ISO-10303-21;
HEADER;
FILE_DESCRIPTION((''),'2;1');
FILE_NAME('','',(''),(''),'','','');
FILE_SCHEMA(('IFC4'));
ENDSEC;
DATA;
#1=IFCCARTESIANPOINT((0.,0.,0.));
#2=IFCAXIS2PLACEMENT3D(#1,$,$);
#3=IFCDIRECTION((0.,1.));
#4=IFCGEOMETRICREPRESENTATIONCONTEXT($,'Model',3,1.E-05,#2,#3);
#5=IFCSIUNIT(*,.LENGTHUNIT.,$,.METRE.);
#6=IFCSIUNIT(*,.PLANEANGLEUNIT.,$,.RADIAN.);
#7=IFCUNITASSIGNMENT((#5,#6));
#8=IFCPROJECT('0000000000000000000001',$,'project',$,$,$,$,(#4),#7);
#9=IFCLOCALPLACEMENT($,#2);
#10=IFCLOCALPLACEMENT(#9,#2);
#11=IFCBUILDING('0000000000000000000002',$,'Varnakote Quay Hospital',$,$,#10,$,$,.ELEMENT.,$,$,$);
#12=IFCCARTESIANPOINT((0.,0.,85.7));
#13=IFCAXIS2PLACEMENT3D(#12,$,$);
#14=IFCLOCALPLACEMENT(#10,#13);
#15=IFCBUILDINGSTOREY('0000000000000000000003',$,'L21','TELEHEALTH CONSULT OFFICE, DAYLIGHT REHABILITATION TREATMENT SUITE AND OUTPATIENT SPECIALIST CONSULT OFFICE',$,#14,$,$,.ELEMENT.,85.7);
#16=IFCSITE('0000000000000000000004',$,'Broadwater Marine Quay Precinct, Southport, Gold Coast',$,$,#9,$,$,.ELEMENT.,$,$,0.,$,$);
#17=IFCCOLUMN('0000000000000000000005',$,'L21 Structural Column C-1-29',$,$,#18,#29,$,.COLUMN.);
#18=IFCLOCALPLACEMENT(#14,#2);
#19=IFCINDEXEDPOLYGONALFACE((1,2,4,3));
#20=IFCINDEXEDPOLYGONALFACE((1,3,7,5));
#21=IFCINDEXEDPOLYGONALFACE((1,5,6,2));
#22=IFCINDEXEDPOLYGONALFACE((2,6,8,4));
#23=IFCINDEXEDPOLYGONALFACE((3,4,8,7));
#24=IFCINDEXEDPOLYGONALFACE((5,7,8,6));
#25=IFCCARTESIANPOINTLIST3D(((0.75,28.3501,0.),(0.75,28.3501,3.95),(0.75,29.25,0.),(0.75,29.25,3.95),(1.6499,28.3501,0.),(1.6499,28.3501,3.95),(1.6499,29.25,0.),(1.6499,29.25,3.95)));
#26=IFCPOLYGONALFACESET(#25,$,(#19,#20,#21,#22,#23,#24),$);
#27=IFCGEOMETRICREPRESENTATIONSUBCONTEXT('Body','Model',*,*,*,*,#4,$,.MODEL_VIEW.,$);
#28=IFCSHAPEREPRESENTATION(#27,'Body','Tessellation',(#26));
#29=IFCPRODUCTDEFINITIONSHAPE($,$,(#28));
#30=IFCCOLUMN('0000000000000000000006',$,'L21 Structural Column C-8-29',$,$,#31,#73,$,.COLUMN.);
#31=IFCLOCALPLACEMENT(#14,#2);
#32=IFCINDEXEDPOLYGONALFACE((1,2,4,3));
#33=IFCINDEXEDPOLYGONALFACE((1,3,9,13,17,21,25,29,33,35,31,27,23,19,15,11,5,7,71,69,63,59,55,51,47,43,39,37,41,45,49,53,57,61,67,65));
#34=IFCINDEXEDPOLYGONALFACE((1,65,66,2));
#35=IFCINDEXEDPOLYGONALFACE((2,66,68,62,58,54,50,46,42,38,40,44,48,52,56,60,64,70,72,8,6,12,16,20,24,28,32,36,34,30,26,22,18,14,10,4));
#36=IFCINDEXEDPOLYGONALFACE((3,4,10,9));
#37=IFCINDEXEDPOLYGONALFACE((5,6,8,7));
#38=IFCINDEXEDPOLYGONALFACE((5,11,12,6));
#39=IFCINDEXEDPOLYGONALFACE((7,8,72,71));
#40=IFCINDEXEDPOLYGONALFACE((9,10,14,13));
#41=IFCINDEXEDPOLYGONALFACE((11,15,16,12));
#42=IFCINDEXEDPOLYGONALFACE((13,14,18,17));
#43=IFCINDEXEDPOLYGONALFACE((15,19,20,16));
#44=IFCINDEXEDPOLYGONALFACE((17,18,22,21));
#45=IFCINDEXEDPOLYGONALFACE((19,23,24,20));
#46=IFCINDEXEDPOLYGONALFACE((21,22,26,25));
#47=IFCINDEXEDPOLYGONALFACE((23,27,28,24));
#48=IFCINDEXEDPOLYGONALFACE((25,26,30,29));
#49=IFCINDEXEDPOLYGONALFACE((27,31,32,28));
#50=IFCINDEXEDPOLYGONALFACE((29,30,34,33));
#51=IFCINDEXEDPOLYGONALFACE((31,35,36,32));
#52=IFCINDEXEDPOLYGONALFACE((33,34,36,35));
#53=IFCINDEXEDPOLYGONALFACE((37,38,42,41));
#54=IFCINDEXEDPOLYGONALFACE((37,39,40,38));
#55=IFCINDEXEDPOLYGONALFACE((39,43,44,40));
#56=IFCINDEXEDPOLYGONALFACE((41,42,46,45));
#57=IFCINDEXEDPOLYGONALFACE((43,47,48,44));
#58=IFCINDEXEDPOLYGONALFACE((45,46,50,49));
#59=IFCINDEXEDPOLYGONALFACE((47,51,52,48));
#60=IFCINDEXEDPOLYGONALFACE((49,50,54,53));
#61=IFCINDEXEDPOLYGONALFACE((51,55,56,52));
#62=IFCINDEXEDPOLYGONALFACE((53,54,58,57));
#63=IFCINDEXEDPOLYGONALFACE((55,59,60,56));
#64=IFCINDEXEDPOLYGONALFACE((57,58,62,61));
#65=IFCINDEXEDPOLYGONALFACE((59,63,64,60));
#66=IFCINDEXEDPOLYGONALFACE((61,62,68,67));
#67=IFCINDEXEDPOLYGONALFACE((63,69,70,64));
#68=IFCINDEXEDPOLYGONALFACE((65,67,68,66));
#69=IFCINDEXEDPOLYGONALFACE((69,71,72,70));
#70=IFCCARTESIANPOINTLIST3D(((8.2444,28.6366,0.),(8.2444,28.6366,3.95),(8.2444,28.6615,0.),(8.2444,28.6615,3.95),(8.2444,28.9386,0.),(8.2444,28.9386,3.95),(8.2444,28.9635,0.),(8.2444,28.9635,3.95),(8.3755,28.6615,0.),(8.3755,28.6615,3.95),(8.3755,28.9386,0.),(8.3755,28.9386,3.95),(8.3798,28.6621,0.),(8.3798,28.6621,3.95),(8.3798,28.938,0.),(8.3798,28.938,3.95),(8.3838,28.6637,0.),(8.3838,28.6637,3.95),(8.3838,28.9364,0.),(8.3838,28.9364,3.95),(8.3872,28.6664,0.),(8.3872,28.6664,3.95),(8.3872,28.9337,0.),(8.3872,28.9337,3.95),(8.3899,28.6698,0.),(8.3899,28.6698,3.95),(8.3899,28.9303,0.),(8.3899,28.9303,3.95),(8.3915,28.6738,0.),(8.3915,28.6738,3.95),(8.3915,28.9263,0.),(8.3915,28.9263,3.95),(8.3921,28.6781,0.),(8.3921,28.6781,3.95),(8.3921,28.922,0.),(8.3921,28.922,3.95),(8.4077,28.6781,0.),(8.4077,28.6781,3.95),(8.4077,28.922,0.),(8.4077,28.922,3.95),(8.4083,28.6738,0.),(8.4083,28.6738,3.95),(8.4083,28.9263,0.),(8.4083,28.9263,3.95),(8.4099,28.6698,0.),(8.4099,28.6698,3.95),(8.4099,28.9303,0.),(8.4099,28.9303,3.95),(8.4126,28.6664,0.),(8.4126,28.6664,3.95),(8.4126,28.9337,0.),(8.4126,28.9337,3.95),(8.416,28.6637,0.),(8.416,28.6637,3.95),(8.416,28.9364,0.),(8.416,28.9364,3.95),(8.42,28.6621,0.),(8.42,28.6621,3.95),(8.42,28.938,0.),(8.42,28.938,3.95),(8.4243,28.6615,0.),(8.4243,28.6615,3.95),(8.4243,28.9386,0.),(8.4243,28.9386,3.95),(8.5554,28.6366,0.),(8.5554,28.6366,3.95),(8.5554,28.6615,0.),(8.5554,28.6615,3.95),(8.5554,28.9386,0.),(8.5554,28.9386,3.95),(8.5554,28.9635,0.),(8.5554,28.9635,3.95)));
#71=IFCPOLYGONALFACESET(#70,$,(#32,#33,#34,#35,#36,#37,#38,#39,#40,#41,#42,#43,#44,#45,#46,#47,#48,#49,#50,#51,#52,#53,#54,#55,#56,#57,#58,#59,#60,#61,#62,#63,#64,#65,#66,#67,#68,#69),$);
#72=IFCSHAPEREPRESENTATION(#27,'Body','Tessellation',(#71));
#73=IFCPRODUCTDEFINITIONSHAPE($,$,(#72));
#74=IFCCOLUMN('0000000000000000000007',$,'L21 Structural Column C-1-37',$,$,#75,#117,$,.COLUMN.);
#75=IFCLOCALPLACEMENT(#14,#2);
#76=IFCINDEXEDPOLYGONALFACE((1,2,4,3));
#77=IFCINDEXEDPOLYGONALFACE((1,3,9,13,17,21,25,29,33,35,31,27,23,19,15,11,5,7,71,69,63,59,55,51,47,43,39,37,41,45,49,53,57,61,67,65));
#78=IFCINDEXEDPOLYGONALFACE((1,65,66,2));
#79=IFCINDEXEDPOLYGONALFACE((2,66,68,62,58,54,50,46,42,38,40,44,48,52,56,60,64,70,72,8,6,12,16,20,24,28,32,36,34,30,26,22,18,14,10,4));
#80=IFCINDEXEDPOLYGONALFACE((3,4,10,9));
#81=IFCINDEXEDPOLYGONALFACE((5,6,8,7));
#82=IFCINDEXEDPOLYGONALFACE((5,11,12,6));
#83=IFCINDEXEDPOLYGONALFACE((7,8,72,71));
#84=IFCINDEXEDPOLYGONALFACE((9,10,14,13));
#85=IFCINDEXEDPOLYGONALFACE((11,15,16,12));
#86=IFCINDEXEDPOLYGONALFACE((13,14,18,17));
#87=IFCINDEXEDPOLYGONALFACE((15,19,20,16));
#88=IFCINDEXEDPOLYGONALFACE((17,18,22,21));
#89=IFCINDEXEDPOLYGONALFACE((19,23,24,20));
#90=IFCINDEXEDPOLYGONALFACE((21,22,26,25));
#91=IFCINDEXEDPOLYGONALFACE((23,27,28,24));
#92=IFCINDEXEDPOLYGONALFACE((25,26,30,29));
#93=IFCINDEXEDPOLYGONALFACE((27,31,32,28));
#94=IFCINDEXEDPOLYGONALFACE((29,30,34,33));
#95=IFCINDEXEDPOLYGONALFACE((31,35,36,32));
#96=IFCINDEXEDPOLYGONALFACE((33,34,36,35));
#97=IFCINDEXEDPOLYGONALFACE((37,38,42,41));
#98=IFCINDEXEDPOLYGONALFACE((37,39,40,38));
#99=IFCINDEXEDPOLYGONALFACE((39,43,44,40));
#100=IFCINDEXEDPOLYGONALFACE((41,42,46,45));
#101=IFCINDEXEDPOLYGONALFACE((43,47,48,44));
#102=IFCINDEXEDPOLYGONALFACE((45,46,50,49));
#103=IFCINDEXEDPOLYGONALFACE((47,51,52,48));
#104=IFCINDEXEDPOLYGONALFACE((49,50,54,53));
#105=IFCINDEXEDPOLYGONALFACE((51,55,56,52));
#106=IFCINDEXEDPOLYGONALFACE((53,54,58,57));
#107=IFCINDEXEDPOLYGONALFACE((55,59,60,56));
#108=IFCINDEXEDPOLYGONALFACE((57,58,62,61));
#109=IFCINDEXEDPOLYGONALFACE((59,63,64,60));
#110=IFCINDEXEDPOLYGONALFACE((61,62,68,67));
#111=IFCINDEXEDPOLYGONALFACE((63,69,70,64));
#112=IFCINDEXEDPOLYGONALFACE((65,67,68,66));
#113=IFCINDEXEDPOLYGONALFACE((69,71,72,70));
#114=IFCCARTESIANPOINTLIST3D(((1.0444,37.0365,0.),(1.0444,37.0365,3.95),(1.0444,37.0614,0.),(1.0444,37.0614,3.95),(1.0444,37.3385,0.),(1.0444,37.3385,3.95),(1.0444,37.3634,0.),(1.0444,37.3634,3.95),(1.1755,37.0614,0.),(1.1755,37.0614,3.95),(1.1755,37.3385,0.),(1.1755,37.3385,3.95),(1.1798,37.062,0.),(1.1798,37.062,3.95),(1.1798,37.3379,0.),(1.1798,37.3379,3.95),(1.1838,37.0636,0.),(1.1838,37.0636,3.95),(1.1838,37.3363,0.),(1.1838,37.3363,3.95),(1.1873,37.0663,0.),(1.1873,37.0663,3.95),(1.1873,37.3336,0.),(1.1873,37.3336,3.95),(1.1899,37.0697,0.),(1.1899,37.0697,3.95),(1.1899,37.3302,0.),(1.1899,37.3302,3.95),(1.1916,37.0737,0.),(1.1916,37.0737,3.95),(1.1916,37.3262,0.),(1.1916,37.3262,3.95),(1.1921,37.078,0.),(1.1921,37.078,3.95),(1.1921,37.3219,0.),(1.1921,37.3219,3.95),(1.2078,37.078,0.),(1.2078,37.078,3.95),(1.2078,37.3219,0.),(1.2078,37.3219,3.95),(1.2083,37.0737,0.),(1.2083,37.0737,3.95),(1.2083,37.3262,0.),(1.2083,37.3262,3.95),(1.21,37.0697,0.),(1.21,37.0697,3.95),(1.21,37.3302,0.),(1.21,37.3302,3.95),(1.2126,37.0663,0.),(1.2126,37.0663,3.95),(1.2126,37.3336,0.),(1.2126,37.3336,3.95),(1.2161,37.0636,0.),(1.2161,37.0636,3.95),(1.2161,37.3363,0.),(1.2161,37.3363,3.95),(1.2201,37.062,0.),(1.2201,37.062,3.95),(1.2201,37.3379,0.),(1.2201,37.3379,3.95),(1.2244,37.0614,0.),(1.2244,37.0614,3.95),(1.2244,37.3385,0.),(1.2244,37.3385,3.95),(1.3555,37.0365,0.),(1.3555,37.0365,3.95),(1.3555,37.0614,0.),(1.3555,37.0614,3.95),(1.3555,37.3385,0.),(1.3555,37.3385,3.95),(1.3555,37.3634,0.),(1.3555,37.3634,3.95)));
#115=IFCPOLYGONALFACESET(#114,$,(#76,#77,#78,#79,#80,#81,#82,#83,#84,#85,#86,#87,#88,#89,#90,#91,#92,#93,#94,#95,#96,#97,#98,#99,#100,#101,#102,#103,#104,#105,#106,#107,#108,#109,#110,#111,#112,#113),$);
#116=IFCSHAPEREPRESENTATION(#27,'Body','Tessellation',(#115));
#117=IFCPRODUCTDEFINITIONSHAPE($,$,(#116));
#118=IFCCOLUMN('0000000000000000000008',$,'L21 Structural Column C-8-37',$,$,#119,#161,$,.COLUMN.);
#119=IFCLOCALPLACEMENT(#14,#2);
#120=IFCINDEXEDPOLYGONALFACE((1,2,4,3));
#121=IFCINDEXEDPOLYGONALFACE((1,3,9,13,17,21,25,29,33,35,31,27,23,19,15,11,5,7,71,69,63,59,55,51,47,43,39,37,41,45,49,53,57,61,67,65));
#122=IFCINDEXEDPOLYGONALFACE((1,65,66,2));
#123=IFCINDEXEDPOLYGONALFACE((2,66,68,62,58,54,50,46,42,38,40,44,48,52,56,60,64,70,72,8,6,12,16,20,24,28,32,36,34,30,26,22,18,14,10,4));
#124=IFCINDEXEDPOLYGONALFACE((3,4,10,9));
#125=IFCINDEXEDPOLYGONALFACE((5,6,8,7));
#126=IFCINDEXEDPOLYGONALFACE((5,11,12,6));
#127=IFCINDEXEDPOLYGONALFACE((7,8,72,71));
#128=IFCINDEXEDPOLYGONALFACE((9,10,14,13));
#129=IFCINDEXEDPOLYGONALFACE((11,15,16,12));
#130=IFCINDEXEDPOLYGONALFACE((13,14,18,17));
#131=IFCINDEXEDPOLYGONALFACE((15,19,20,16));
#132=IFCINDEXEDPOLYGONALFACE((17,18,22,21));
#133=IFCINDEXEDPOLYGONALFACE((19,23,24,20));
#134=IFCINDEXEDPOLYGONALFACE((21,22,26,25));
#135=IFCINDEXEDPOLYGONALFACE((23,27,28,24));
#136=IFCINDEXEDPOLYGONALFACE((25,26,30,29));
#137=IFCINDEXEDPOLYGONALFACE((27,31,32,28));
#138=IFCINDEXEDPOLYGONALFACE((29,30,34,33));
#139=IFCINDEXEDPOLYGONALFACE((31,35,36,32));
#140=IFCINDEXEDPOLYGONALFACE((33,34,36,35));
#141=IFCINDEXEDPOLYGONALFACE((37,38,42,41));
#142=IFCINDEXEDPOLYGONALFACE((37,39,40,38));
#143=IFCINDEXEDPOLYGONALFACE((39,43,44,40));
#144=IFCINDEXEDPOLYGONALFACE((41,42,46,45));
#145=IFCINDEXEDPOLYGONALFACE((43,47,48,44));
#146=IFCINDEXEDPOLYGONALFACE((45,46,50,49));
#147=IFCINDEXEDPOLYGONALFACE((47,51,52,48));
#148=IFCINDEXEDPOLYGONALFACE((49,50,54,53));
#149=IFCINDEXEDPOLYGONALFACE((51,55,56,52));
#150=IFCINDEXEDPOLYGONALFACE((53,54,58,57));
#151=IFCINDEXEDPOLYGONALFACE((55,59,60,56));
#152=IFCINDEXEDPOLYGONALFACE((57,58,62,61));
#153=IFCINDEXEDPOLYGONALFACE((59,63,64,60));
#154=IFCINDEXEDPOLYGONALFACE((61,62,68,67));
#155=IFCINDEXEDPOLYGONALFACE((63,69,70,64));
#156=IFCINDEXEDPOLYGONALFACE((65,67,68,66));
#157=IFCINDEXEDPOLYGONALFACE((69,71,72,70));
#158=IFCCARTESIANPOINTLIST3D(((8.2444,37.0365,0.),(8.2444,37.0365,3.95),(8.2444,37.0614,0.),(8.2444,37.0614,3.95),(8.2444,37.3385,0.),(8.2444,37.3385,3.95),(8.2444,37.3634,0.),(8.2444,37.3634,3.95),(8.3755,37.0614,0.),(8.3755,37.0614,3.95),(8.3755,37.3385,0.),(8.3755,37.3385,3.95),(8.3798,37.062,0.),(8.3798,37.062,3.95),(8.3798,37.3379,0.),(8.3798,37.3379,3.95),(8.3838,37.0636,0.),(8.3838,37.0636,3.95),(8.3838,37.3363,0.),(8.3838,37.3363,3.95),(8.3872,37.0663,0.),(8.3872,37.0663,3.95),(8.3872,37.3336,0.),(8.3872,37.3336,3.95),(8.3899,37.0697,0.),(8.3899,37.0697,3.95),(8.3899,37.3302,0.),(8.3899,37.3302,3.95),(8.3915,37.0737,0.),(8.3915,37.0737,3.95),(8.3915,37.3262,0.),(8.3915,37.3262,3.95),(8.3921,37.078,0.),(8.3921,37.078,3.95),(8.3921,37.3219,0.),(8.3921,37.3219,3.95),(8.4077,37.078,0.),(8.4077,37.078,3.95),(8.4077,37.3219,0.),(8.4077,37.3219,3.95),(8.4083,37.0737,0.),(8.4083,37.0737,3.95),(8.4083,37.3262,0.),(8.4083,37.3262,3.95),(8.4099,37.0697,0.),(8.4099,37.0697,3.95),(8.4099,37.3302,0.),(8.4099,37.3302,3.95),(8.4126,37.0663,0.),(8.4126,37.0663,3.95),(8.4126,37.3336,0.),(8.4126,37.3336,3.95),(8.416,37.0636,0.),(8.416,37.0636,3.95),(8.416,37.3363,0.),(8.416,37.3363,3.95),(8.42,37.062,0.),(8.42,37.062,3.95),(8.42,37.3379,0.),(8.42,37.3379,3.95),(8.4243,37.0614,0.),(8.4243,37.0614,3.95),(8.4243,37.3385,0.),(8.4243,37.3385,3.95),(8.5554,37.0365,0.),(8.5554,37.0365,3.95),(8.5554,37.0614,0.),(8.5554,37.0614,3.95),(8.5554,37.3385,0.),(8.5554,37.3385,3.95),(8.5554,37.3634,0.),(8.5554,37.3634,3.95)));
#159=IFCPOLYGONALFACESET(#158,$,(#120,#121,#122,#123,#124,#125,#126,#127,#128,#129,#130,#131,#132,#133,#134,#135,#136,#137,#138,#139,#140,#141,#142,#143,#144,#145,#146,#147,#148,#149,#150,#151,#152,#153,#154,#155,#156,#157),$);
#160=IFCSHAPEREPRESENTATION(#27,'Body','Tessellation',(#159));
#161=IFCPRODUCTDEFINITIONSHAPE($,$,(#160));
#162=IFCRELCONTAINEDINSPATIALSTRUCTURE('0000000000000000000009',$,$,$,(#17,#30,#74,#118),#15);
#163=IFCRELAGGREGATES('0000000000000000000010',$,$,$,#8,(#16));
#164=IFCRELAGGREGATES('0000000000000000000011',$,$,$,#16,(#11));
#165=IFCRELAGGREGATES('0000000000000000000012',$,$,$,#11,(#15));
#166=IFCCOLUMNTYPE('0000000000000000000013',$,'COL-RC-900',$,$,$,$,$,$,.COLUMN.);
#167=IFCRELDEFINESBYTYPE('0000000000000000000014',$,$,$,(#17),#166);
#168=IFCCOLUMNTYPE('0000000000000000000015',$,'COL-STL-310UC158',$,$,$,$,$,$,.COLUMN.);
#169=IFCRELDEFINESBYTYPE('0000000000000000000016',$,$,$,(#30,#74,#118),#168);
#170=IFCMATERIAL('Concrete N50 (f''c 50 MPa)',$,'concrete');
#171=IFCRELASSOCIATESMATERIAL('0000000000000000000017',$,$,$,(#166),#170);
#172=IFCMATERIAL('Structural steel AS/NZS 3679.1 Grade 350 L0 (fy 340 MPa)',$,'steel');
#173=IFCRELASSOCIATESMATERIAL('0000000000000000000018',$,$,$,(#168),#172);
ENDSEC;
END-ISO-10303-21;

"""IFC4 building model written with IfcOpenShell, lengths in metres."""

from ifc_helpers import new_model, si_unit, direction, frame, origin, origin_2d, place, context, subcontext, project, spatial, rectangle, i_section, extrude, material, material_profile, profile_set, type_object, element, save


model = new_model("IFC4")

# Units and contexts
model_context = context("Model", 3, precision=1e-05, world=origin(), true_north=direction((0.0, 1.0)))
body_context = subcontext(model_context, "Body", "Model", "MODEL_VIEW")
ifc_project = project(units=[si_unit("LENGTHUNIT", "METRE"), si_unit("PLANEANGLEUNIT", "RADIAN")], contexts=[model_context])

# Site, building, storey
site_placement = place(None, origin())
site = spatial("IfcSite", under=ifc_project, at=site_placement, Name="Broadwater Marine Quay Precinct, Southport, Gold Coast", CompositionType="ELEMENT", RefElevation=0.0)
building_placement = place(site_placement, origin())
building = spatial("IfcBuilding", under=site, at=building_placement, Name="Varnakote Quay Hospital", CompositionType="ELEMENT")
storey_placement = place(building_placement, frame((0.0, 0.0, 85.7)))
storey = spatial("IfcBuildingStorey", under=building, at=storey_placement, Name="L21", Description="TELEHEALTH CONSULT OFFICE, DAYLIGHT REHABILITATION TREATMENT SUITE AND OUTPATIENT SPECIALIST CONSULT OFFICE", CompositionType="ELEMENT", Elevation=85.7)

# Columns
ifc_material_1 = material(Name="Concrete N50 (f'c 50 MPa)", Category="concrete")
ifc_material_profile_1 = material_profile(ifc_material_1, rectangle(XDim=0.8999, YDim=0.8999, at=origin_2d()), Name="RC-COL-900x900")
ifc_profile_set_1 = profile_set([ifc_material_profile_1], Name="Concrete N50 (f'c 50 MPa)")
column_type_1 = type_object("IfcColumnType", Name="COL-RC-900", PredefinedType="COLUMN", material=ifc_profile_set_1)
column_placement = place(storey_placement, frame((1.2, 28.8, 0.0), z_axis=(0.0, 0.0, 1.0), x_axis=(1.0, 0.0, 0.0)))
element("IfcColumn", 1, at=column_placement, inside=storey, type_object=column_type_1, Name="L21 Structural Column C-1-29", PredefinedType="COLUMN", context=body_context, shape_type="SweptSolid", body=[
    extrude(rectangle(XDim=0.8999, YDim=0.8999, at=origin_2d()), origin(), (0.0, 0.0, 1.0), 3.95),
])
ifc_material_2 = material(Name="Structural steel AS/NZS 3679.1 Grade 350 L0 (fy 340 MPa)", Category="steel")
ifc_material_profile_2 = material_profile(ifc_material_2, i_section(OverallWidth=0.311, OverallDepth=0.3269, WebThickness=0.0156, FlangeThickness=0.0249, FilletRadius=0.0166, at=origin_2d()), Name="310UC158")
ifc_profile_set_2 = profile_set([ifc_material_profile_2], Name="Structural steel AS/NZS 3679.1 Grade 350 L0 (fy 340 MPa)")
column_type_2 = type_object("IfcColumnType", Name="COL-STL-310UC158", PredefinedType="COLUMN", material=ifc_profile_set_2)
for number, where, z_axis, x_axis, name in (
    (2, (8.3999, 28.8, 0.0), (0.0, 0.0, 1.0), (1.0, 0.0, 0.0), "L21 Structural Column C-8-29"),
    (3, (1.2, 37.2, 0.0), (0.0, 0.0, 1.0), (1.0, 0.0, 0.0), "L21 Structural Column C-1-37"),
    (4, (8.3999, 37.2, 0.0), (0.0, 0.0, 1.0), (1.0, 0.0, 0.0), "L21 Structural Column C-8-37"),
):
    element("IfcColumn", number, at=place(storey_placement, frame(where, z_axis=z_axis, x_axis=x_axis)), inside=storey, type_object=column_type_2, Name=name, PredefinedType="COLUMN", context=body_context, shape_type="SweptSolid", body=[
        extrude(i_section(OverallWidth=0.311, OverallDepth=0.3269, WebThickness=0.0156, FlangeThickness=0.0249, FilletRadius=0.0166, at=origin_2d()), origin(), (0.0, 0.0, 1.0), 3.95),
    ])

save(model, "model.ifc")
